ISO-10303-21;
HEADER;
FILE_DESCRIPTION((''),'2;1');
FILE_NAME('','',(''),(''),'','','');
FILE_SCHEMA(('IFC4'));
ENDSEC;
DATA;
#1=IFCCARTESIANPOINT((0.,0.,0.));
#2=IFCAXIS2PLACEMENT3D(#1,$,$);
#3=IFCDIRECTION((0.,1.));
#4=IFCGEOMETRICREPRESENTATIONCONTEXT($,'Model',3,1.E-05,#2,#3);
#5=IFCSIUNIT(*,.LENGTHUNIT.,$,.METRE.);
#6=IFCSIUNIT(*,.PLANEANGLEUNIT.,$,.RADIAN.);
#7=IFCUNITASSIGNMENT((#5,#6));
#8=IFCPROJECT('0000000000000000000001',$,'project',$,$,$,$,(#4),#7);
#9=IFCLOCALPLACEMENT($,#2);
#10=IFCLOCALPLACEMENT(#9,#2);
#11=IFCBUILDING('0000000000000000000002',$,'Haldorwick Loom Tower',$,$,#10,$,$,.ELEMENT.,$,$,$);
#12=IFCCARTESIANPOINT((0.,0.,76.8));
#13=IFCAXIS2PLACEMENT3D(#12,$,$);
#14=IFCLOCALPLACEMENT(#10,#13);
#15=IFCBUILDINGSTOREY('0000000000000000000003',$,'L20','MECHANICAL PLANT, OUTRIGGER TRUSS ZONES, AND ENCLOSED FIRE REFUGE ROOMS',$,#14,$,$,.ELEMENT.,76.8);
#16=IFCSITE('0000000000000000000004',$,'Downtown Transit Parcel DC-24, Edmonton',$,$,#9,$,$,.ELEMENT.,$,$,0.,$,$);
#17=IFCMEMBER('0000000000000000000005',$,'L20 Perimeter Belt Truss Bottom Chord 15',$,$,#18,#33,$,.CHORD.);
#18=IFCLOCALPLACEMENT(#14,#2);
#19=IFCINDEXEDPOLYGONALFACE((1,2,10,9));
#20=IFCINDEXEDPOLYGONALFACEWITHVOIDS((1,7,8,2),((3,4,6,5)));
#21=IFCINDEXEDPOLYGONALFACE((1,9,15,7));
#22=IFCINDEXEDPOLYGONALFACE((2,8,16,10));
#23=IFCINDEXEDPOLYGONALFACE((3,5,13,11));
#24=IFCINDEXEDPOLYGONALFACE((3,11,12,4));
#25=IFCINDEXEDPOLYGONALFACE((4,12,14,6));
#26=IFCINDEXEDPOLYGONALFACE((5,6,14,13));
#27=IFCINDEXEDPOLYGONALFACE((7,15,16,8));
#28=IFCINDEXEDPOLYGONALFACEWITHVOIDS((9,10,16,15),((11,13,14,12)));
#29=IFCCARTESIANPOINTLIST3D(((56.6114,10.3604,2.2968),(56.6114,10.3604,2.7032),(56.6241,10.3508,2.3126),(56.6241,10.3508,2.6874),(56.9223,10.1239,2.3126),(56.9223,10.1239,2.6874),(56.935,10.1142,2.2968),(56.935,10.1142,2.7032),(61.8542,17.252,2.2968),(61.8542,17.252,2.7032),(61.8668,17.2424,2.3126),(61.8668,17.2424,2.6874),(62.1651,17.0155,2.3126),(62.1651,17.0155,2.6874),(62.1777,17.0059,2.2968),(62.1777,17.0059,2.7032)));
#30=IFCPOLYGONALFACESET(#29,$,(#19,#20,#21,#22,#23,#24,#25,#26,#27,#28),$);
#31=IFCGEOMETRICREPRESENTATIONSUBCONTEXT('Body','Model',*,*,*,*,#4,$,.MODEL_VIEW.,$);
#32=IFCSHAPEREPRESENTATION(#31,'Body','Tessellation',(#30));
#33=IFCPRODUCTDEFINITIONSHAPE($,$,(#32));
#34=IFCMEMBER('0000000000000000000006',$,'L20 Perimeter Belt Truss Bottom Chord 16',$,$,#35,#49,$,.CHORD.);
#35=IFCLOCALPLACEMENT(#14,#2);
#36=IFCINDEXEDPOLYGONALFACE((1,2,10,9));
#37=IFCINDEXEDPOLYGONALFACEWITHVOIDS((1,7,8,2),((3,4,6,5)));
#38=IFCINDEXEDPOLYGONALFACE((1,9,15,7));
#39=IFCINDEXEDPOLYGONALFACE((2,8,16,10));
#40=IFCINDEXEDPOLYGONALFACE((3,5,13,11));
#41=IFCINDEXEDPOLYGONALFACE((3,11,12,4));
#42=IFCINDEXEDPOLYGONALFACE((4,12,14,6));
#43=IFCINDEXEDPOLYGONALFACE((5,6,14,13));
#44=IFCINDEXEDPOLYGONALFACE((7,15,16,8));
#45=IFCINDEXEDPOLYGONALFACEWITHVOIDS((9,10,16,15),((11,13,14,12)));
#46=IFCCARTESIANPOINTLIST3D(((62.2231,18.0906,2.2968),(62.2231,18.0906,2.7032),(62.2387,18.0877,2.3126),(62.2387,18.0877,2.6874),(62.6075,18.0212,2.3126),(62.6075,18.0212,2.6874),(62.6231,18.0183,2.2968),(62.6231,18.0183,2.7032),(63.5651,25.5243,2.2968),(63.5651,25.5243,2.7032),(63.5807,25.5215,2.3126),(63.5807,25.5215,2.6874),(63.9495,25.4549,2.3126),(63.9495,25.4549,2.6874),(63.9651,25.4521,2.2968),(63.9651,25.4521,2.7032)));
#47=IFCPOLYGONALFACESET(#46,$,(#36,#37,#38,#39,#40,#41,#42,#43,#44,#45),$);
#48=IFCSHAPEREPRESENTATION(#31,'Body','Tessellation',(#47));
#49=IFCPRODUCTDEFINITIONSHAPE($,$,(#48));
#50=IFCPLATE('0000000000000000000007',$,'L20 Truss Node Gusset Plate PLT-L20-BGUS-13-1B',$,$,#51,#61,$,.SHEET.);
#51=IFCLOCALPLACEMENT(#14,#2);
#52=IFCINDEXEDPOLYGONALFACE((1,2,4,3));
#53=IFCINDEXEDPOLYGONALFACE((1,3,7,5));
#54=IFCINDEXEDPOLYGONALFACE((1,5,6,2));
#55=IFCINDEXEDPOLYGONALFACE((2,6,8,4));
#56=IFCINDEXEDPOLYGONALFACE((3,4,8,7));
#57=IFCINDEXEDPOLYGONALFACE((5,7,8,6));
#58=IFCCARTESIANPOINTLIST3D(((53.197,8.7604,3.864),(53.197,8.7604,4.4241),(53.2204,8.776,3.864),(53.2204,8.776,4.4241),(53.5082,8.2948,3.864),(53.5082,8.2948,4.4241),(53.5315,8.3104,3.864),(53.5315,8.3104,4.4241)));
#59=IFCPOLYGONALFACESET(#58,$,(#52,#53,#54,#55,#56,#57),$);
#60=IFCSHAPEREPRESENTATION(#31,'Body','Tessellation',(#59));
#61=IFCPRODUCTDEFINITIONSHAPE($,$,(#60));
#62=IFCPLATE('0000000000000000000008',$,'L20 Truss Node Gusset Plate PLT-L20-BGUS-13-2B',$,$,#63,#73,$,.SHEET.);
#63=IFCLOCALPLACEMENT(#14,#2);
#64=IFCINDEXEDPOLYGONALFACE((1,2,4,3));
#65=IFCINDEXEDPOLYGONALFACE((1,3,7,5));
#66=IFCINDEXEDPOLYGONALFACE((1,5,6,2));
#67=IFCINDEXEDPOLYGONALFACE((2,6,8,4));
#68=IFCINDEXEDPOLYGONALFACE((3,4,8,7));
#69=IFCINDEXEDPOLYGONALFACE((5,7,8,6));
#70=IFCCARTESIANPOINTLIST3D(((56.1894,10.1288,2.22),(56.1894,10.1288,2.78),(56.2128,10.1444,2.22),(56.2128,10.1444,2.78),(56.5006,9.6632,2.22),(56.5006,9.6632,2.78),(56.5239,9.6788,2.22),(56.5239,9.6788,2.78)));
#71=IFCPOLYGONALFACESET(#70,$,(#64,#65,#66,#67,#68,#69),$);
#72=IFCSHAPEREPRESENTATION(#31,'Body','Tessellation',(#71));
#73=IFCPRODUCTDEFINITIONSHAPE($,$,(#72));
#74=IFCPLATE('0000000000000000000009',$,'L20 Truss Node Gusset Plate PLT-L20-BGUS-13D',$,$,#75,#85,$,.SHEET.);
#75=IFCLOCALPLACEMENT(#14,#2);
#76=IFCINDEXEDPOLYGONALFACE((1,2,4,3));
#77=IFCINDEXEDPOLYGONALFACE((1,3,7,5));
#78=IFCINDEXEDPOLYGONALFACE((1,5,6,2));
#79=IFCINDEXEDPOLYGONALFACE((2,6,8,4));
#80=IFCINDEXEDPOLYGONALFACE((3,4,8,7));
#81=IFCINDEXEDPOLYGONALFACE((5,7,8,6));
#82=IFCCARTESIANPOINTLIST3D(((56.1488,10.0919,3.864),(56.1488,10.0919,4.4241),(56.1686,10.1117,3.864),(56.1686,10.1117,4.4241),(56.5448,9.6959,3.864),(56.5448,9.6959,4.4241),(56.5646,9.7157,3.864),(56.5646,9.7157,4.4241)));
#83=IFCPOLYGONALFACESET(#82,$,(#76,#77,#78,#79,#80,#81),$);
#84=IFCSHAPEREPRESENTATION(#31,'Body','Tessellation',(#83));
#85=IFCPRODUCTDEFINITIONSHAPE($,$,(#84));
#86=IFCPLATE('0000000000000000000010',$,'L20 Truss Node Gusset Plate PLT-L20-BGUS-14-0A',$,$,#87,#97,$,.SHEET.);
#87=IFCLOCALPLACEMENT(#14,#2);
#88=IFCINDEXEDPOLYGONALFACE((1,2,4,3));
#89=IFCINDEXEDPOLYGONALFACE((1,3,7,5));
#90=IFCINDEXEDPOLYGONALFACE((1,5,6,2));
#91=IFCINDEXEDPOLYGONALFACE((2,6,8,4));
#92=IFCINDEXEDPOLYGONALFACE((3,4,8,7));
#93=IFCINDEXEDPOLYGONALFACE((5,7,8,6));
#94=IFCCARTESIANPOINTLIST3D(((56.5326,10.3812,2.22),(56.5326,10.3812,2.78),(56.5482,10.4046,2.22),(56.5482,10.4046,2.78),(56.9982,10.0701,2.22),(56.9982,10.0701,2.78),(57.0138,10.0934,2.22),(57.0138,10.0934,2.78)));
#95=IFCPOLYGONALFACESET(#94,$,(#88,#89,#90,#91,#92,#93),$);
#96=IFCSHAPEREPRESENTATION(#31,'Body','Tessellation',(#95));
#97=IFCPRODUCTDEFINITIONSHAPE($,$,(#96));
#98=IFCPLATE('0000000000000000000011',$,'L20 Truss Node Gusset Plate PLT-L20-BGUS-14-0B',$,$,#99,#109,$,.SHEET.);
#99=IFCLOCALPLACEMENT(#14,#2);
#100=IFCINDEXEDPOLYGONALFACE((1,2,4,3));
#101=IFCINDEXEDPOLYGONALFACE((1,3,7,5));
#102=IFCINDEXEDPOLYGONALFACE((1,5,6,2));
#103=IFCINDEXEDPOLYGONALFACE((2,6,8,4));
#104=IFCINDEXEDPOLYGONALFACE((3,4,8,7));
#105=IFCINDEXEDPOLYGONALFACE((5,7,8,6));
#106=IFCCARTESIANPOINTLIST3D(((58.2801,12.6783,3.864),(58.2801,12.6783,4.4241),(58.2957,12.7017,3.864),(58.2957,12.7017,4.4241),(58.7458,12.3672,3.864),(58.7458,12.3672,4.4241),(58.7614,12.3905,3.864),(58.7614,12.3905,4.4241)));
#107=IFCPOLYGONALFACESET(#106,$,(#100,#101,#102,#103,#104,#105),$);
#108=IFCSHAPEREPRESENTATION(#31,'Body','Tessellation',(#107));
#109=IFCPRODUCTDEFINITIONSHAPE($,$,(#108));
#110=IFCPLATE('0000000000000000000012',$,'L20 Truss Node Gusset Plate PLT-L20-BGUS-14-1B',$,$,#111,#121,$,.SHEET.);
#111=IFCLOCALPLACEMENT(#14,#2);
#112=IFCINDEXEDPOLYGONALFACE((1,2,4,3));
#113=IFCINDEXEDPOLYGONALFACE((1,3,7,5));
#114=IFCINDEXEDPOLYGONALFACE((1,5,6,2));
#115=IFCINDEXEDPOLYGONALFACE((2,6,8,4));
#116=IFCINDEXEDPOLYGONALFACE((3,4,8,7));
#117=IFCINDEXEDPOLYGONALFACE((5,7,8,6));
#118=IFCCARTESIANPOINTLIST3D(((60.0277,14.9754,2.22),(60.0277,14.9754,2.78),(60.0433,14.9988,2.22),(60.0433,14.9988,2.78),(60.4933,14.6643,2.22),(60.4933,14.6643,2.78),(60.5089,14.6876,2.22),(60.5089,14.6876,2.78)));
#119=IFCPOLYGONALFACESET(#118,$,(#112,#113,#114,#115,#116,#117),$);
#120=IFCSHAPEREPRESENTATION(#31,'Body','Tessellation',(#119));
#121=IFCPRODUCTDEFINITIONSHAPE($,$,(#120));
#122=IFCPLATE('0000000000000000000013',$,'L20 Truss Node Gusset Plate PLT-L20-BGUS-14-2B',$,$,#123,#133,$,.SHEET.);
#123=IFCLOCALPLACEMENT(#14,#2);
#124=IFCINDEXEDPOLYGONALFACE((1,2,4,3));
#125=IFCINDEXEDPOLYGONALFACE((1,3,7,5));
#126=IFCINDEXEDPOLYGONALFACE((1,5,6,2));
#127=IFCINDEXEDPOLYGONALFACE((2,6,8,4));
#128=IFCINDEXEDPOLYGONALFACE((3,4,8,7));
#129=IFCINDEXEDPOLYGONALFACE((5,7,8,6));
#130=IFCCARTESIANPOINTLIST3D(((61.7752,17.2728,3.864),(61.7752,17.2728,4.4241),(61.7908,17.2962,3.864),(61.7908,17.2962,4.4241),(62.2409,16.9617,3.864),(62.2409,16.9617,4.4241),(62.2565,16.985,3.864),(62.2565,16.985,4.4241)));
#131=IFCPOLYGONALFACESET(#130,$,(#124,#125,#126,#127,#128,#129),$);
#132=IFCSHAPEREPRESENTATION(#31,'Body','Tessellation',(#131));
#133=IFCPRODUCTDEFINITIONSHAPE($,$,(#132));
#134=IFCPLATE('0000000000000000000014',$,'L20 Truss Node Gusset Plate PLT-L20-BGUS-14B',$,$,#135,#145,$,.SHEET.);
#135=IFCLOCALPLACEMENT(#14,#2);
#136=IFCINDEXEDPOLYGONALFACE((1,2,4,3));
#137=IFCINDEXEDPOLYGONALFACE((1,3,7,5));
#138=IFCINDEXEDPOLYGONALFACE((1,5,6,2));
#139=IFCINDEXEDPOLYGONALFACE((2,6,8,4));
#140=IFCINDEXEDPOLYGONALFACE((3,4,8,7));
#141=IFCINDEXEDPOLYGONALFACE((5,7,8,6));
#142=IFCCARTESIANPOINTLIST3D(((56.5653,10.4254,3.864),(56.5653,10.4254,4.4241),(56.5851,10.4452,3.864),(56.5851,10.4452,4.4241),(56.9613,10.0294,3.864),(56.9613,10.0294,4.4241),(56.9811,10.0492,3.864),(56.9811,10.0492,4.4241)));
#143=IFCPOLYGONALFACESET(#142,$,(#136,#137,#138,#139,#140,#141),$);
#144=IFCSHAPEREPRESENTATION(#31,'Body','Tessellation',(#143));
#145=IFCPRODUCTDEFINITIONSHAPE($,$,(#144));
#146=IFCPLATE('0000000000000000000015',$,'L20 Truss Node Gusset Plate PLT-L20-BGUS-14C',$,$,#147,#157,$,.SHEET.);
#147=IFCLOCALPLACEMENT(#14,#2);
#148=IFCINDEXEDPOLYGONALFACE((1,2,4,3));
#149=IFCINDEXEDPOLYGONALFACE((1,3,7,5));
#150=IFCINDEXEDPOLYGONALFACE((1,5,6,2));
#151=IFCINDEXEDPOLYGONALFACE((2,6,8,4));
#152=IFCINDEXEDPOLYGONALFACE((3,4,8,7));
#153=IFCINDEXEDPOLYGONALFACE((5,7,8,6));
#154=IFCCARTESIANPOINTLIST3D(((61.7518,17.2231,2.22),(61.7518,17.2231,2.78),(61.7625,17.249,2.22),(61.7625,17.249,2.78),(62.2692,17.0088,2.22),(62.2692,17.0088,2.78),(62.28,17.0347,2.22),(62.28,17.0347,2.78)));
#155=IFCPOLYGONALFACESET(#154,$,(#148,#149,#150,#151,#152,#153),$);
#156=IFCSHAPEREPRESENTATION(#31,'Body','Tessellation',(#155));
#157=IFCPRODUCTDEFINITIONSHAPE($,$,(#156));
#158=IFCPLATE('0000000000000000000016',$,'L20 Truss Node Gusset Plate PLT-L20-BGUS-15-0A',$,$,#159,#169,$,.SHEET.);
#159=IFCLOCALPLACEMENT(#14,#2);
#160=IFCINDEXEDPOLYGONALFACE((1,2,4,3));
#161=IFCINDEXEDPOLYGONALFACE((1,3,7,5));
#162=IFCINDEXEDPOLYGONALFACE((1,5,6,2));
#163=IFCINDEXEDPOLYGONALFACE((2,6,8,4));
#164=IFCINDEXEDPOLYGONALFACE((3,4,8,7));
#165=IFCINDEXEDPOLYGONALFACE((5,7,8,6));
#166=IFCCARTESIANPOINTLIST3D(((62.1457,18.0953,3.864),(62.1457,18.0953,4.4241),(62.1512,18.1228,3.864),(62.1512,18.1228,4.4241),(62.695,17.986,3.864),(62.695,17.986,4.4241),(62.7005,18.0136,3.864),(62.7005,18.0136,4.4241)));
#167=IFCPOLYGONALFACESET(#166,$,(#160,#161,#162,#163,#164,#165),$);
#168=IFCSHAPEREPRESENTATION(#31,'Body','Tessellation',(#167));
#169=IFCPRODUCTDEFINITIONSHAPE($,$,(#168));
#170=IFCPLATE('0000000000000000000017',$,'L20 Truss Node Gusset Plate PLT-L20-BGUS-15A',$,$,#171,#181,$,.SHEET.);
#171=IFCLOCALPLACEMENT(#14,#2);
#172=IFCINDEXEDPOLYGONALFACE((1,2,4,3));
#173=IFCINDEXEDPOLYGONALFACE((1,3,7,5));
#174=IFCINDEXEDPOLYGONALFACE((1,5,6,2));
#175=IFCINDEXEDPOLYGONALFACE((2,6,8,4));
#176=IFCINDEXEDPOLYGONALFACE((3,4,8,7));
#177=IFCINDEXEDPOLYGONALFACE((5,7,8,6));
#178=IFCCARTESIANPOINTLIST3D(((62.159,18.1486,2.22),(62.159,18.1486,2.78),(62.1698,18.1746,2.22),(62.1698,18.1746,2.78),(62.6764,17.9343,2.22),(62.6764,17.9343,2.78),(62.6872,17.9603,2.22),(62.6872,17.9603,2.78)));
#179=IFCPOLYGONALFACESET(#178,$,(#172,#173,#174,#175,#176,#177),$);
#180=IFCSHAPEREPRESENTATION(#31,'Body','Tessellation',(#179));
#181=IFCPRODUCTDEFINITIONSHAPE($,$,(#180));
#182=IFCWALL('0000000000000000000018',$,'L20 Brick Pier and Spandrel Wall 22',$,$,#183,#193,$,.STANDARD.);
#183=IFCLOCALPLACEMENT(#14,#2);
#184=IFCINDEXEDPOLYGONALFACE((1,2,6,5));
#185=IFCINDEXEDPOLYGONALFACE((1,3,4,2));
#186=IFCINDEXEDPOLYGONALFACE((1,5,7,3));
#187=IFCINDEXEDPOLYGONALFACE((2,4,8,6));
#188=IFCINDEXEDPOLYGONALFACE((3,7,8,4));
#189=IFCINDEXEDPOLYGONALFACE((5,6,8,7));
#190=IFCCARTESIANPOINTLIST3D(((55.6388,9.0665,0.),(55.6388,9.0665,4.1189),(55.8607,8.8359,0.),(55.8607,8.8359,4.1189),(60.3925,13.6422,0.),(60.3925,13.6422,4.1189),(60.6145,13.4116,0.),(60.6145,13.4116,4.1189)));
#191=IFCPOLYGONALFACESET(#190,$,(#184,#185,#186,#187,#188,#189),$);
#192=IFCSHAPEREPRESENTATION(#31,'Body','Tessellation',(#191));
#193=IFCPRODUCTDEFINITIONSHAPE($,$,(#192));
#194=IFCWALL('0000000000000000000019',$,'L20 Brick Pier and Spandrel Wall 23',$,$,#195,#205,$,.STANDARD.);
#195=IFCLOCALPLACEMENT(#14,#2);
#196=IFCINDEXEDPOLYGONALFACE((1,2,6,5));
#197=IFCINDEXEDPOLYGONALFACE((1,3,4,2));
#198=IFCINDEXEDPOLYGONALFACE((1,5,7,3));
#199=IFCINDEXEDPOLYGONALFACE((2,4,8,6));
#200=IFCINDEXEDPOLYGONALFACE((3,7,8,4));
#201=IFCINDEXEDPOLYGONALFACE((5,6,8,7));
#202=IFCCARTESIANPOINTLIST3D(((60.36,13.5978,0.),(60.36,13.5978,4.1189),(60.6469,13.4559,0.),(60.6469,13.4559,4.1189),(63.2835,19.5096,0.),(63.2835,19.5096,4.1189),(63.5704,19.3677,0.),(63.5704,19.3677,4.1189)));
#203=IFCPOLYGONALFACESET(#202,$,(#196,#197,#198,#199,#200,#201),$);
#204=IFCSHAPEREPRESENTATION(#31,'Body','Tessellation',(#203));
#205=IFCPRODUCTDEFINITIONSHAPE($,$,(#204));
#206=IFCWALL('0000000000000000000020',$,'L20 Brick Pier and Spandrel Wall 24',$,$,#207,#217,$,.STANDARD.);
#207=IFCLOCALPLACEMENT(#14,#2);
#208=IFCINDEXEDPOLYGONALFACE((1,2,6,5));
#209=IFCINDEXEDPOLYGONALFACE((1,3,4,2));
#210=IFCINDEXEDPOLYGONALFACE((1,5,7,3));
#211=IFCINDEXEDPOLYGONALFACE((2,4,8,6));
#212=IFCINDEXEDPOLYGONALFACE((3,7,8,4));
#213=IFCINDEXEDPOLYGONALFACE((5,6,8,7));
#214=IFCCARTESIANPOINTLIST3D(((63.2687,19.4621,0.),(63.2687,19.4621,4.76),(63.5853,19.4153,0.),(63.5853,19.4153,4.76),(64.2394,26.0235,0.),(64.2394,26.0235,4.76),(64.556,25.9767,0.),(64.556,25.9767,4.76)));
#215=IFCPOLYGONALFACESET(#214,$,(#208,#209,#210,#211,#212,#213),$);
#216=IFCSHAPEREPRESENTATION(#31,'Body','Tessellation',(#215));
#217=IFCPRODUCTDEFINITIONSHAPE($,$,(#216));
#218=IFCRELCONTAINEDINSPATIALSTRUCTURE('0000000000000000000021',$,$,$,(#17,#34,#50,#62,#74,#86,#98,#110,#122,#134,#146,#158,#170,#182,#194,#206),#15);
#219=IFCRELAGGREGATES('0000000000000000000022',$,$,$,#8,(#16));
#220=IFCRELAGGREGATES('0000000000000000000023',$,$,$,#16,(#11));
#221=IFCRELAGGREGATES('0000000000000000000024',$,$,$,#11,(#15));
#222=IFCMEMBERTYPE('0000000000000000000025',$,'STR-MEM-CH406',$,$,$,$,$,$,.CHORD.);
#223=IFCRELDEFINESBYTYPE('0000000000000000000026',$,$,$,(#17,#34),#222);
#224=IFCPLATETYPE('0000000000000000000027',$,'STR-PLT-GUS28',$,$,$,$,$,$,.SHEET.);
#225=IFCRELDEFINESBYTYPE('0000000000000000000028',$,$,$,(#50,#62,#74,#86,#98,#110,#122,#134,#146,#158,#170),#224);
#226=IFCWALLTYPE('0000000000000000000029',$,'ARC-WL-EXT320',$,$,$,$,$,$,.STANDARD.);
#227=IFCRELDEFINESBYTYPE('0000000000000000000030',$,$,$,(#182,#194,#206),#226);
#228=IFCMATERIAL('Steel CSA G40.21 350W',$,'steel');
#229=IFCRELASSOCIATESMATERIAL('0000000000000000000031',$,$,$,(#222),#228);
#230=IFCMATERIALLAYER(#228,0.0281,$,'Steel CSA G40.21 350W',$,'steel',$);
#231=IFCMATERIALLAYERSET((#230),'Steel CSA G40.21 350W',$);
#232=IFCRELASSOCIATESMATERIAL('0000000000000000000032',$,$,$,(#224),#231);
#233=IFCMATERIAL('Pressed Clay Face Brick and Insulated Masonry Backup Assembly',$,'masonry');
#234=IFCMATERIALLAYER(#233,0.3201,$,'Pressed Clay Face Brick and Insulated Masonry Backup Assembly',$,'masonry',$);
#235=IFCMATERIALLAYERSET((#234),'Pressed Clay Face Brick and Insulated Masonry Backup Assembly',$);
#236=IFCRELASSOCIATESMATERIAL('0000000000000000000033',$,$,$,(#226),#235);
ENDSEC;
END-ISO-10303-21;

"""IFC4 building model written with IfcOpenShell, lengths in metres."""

from ifc_helpers import new_model, si_unit, direction, frame, frame_2d, origin, origin_2d, place, context, subcontext, project, spatial, rectangle, hollow_rectangle, extrude, material, layer, layer_set, material_profile, profile_set, type_object, element, save


model = new_model("IFC4")

# Units and contexts
model_context = context("Model", 3, precision=1e-05, world=origin(), true_north=direction((0.0, 1.0)))
body_context = subcontext(model_context, "Body", "Model", "MODEL_VIEW")
ifc_project = project(units=[si_unit("LENGTHUNIT", "METRE"), si_unit("PLANEANGLEUNIT", "RADIAN")], contexts=[model_context])

# Site, building, storey
site_placement = place(None, origin())
site = spatial("IfcSite", under=ifc_project, at=site_placement, Name="Downtown Transit Parcel DC-24, Edmonton", CompositionType="ELEMENT", RefElevation=0.0)
building_placement = place(site_placement, origin())
building = spatial("IfcBuilding", under=site, at=building_placement, Name="Haldorwick Loom Tower", CompositionType="ELEMENT")
storey_placement = place(building_placement, frame((0.0, 0.0, 76.8)))
storey = spatial("IfcBuildingStorey", under=building, at=storey_placement, Name="L20", Description="MECHANICAL PLANT, OUTRIGGER TRUSS ZONES, AND ENCLOSED FIRE REFUGE ROOMS", CompositionType="ELEMENT", Elevation=76.8)

# Shared definitions
ifc_material_1 = material(Name="Steel CSA G40.21 350W", Category="steel")

# Members
ifc_material_profile_1 = material_profile(ifc_material_1, hollow_rectangle(XDim=0.4065, YDim=0.4065, WallThickness=0.0159, at=origin_2d()), Name="HSS406X406X16", Category="steel")
ifc_profile_set_1 = profile_set([ifc_material_profile_1], Name="Steel CSA G40.21 350W")
member_type_1 = type_object("IfcMemberType", Name="STR-MEM-CH406", PredefinedType="CHORD", material=ifc_profile_set_1)
member_1_placement = place(storey_placement, frame((56.7732, 10.2373, 2.5), z_axis=(0.605454, 0.795881, 0.0), x_axis=(-0.795881, 0.605454, 0.0)))
element("IfcMember", 1, at=member_1_placement, inside=storey, type_object=member_type_1, Name="L20 Perimeter Belt Truss Bottom Chord 15", PredefinedType="CHORD", context=body_context, shape_type="SweptSolid", body=[
    extrude(hollow_rectangle(XDim=0.4065, YDim=0.4065, WallThickness=0.0159, at=origin_2d()), origin(), (0.0, 0.0, 1.0), 8.6592),
])
member_2_placement = place(storey_placement, frame((62.4231, 18.0544, 2.5), z_axis=(0.177659, 0.984092, 0.0), x_axis=(-0.984092, 0.177659, 0.0)))
element("IfcMember", 2, at=member_2_placement, inside=storey, type_object=member_type_1, Name="L20 Perimeter Belt Truss Bottom Chord 16", PredefinedType="CHORD", context=body_context, shape_type="SweptSolid", body=[
    extrude(hollow_rectangle(XDim=0.4065, YDim=0.4065, WallThickness=0.0159, at=origin_2d()), origin(), (0.0, 0.0, 1.0), 7.554),
])

# Plates
ifc_layer_1 = layer(ifc_material_1, 0.0281, Name="Steel CSA G40.21 350W", Category="steel")
ifc_layer_set_1 = layer_set([ifc_layer_1], Name="Steel CSA G40.21 350W")
plate_type = type_object("IfcPlateType", Name="STR-PLT-GUS28", PredefinedType="SHEET", material=ifc_layer_set_1)
for number, where, z_axis, x_axis, name in (
    (3, (53.3643, 8.5354, 3.864), (0.0, 0.0, 1.0), (0.55557, -0.83147, 0.0), "L20 Truss Node Gusset Plate PLT-L20-BGUS-13-1B"),
    (4, (56.3567, 9.9038, 2.22), (0.0, 0.0, 1.0), (0.55557, -0.83147, 0.0), "L20 Truss Node Gusset Plate PLT-L20-BGUS-13-2B"),
    (5, (56.3567, 9.9038, 3.864), (0.0, 0.0, 1.0), (0.707107, -0.707107, 0.0), "L20 Truss Node Gusset Plate PLT-L20-BGUS-13D"),
    (6, (56.7732, 10.2373, 2.22), (0.0, 0.0, 1.0), (0.83147, -0.55557, 0.0), "L20 Truss Node Gusset Plate PLT-L20-BGUS-14-0A"),
    (7, (58.5208, 12.5344, 3.864), (0.0, 0.0, 1.0), (0.83147, -0.55557, 0.0), "L20 Truss Node Gusset Plate PLT-L20-BGUS-14-0B"),
    (8, (60.2683, 14.8315, 2.22), (0.0, 0.0, 1.0), (0.83147, -0.55557, 0.0), "L20 Truss Node Gusset Plate PLT-L20-BGUS-14-1B"),
    (9, (62.0159, 17.1289, 3.864), (0.0, 0.0, 1.0), (0.83147, -0.55557, 0.0), "L20 Truss Node Gusset Plate PLT-L20-BGUS-14-2B"),
    (10, (56.7732, 10.2373, 3.864), (0.0, 0.0, 1.0), (0.707107, -0.707107, 0.0), "L20 Truss Node Gusset Plate PLT-L20-BGUS-14B"),
    (11, (62.0159, 17.1289, 2.22), (0.0, 0.0, 1.0), (0.92388, -0.382683, 0.0), "L20 Truss Node Gusset Plate PLT-L20-BGUS-14C"),
    (12, (62.4231, 18.0544, 3.864), (0.0, 0.0, 1.0), (-0.980785, 0.19509, 0.0), "L20 Truss Node Gusset Plate PLT-L20-BGUS-15-0A"),
    (13, (62.4231, 18.0544, 2.22), (0.0, 0.0, 1.0), (0.92388, -0.382683, 0.0), "L20 Truss Node Gusset Plate PLT-L20-BGUS-15A"),
):
    element("IfcPlate", number, at=place(storey_placement, frame(where, z_axis=z_axis, x_axis=x_axis)), inside=storey, type_object=plate_type, Name=name, PredefinedType="SHEET", context=body_context, shape_type="SweptSolid", body=[
        extrude(rectangle(XDim=0.5601, YDim=0.0281, at=origin_2d()), origin(), (0.0, 0.0, 1.0), 0.5601),
    ])

# Walls
ifc_material_2 = material(Name="Pressed Clay Face Brick and Insulated Masonry Backup Assembly", Category="masonry")
ifc_layer_2 = layer(ifc_material_2, 0.3201, Name="Pressed Clay Face Brick and Insulated Masonry Backup Assembly", Category="masonry")
ifc_layer_set_2 = layer_set([ifc_layer_2], Name="Pressed Clay Face Brick and Insulated Masonry Backup Assembly")
wall_type_1 = type_object("IfcWallType", Name="ARC-WL-EXT320", PredefinedType="STANDARD", material=ifc_layer_set_2)
wall_1_placement = place(storey_placement, frame((55.7498, 8.9512, 0.0), z_axis=(0.0, 0.0, 1.0), x_axis=(0.720465, 0.693491, 0.0)))
element("IfcWall", 14, at=wall_1_placement, inside=storey, type_object=wall_type_1, Name="L20 Brick Pier and Spandrel Wall 22", PredefinedType="STANDARD", context=body_context, shape_type="SweptSolid", body=[
    extrude(rectangle(XDim=6.5981, YDim=0.3201, at=frame_2d((3.2991, 0.0))), origin(), (0.0, 0.0, 1.0), 4.1189),
])
wall_2_placement = place(storey_placement, frame((60.5034, 13.5269, 0.0), z_axis=(0.0, 0.0, 1.0), x_axis=(0.443285, 0.896381, 0.0)))
element("IfcWall", 15, at=wall_2_placement, inside=storey, type_object=wall_type_1, Name="L20 Brick Pier and Spandrel Wall 23", PredefinedType="STANDARD", context=body_context, shape_type="SweptSolid", body=[
    extrude(rectangle(XDim=6.5952, YDim=0.3201, at=frame_2d((3.2976, 0.0))), origin(), (0.0, 0.0, 1.0), 4.1189),
])
wall_3_placement = place(storey_placement, frame((63.427, 19.4387, 0.0), z_axis=(0.0, 0.0, 1.0), x_axis=(0.146351, 0.989233, 0.0)))
element("IfcWall", 16, at=wall_3_placement, inside=storey, type_object=wall_type_1, Name="L20 Brick Pier and Spandrel Wall 24", PredefinedType="STANDARD", context=body_context, shape_type="SweptSolid", body=[
    extrude(rectangle(XDim=6.6328, YDim=0.3201, at=frame_2d((3.3164, 0.0))), origin(), (0.0, 0.0, 1.0), 4.76),
])

save(model, "model.ifc")
